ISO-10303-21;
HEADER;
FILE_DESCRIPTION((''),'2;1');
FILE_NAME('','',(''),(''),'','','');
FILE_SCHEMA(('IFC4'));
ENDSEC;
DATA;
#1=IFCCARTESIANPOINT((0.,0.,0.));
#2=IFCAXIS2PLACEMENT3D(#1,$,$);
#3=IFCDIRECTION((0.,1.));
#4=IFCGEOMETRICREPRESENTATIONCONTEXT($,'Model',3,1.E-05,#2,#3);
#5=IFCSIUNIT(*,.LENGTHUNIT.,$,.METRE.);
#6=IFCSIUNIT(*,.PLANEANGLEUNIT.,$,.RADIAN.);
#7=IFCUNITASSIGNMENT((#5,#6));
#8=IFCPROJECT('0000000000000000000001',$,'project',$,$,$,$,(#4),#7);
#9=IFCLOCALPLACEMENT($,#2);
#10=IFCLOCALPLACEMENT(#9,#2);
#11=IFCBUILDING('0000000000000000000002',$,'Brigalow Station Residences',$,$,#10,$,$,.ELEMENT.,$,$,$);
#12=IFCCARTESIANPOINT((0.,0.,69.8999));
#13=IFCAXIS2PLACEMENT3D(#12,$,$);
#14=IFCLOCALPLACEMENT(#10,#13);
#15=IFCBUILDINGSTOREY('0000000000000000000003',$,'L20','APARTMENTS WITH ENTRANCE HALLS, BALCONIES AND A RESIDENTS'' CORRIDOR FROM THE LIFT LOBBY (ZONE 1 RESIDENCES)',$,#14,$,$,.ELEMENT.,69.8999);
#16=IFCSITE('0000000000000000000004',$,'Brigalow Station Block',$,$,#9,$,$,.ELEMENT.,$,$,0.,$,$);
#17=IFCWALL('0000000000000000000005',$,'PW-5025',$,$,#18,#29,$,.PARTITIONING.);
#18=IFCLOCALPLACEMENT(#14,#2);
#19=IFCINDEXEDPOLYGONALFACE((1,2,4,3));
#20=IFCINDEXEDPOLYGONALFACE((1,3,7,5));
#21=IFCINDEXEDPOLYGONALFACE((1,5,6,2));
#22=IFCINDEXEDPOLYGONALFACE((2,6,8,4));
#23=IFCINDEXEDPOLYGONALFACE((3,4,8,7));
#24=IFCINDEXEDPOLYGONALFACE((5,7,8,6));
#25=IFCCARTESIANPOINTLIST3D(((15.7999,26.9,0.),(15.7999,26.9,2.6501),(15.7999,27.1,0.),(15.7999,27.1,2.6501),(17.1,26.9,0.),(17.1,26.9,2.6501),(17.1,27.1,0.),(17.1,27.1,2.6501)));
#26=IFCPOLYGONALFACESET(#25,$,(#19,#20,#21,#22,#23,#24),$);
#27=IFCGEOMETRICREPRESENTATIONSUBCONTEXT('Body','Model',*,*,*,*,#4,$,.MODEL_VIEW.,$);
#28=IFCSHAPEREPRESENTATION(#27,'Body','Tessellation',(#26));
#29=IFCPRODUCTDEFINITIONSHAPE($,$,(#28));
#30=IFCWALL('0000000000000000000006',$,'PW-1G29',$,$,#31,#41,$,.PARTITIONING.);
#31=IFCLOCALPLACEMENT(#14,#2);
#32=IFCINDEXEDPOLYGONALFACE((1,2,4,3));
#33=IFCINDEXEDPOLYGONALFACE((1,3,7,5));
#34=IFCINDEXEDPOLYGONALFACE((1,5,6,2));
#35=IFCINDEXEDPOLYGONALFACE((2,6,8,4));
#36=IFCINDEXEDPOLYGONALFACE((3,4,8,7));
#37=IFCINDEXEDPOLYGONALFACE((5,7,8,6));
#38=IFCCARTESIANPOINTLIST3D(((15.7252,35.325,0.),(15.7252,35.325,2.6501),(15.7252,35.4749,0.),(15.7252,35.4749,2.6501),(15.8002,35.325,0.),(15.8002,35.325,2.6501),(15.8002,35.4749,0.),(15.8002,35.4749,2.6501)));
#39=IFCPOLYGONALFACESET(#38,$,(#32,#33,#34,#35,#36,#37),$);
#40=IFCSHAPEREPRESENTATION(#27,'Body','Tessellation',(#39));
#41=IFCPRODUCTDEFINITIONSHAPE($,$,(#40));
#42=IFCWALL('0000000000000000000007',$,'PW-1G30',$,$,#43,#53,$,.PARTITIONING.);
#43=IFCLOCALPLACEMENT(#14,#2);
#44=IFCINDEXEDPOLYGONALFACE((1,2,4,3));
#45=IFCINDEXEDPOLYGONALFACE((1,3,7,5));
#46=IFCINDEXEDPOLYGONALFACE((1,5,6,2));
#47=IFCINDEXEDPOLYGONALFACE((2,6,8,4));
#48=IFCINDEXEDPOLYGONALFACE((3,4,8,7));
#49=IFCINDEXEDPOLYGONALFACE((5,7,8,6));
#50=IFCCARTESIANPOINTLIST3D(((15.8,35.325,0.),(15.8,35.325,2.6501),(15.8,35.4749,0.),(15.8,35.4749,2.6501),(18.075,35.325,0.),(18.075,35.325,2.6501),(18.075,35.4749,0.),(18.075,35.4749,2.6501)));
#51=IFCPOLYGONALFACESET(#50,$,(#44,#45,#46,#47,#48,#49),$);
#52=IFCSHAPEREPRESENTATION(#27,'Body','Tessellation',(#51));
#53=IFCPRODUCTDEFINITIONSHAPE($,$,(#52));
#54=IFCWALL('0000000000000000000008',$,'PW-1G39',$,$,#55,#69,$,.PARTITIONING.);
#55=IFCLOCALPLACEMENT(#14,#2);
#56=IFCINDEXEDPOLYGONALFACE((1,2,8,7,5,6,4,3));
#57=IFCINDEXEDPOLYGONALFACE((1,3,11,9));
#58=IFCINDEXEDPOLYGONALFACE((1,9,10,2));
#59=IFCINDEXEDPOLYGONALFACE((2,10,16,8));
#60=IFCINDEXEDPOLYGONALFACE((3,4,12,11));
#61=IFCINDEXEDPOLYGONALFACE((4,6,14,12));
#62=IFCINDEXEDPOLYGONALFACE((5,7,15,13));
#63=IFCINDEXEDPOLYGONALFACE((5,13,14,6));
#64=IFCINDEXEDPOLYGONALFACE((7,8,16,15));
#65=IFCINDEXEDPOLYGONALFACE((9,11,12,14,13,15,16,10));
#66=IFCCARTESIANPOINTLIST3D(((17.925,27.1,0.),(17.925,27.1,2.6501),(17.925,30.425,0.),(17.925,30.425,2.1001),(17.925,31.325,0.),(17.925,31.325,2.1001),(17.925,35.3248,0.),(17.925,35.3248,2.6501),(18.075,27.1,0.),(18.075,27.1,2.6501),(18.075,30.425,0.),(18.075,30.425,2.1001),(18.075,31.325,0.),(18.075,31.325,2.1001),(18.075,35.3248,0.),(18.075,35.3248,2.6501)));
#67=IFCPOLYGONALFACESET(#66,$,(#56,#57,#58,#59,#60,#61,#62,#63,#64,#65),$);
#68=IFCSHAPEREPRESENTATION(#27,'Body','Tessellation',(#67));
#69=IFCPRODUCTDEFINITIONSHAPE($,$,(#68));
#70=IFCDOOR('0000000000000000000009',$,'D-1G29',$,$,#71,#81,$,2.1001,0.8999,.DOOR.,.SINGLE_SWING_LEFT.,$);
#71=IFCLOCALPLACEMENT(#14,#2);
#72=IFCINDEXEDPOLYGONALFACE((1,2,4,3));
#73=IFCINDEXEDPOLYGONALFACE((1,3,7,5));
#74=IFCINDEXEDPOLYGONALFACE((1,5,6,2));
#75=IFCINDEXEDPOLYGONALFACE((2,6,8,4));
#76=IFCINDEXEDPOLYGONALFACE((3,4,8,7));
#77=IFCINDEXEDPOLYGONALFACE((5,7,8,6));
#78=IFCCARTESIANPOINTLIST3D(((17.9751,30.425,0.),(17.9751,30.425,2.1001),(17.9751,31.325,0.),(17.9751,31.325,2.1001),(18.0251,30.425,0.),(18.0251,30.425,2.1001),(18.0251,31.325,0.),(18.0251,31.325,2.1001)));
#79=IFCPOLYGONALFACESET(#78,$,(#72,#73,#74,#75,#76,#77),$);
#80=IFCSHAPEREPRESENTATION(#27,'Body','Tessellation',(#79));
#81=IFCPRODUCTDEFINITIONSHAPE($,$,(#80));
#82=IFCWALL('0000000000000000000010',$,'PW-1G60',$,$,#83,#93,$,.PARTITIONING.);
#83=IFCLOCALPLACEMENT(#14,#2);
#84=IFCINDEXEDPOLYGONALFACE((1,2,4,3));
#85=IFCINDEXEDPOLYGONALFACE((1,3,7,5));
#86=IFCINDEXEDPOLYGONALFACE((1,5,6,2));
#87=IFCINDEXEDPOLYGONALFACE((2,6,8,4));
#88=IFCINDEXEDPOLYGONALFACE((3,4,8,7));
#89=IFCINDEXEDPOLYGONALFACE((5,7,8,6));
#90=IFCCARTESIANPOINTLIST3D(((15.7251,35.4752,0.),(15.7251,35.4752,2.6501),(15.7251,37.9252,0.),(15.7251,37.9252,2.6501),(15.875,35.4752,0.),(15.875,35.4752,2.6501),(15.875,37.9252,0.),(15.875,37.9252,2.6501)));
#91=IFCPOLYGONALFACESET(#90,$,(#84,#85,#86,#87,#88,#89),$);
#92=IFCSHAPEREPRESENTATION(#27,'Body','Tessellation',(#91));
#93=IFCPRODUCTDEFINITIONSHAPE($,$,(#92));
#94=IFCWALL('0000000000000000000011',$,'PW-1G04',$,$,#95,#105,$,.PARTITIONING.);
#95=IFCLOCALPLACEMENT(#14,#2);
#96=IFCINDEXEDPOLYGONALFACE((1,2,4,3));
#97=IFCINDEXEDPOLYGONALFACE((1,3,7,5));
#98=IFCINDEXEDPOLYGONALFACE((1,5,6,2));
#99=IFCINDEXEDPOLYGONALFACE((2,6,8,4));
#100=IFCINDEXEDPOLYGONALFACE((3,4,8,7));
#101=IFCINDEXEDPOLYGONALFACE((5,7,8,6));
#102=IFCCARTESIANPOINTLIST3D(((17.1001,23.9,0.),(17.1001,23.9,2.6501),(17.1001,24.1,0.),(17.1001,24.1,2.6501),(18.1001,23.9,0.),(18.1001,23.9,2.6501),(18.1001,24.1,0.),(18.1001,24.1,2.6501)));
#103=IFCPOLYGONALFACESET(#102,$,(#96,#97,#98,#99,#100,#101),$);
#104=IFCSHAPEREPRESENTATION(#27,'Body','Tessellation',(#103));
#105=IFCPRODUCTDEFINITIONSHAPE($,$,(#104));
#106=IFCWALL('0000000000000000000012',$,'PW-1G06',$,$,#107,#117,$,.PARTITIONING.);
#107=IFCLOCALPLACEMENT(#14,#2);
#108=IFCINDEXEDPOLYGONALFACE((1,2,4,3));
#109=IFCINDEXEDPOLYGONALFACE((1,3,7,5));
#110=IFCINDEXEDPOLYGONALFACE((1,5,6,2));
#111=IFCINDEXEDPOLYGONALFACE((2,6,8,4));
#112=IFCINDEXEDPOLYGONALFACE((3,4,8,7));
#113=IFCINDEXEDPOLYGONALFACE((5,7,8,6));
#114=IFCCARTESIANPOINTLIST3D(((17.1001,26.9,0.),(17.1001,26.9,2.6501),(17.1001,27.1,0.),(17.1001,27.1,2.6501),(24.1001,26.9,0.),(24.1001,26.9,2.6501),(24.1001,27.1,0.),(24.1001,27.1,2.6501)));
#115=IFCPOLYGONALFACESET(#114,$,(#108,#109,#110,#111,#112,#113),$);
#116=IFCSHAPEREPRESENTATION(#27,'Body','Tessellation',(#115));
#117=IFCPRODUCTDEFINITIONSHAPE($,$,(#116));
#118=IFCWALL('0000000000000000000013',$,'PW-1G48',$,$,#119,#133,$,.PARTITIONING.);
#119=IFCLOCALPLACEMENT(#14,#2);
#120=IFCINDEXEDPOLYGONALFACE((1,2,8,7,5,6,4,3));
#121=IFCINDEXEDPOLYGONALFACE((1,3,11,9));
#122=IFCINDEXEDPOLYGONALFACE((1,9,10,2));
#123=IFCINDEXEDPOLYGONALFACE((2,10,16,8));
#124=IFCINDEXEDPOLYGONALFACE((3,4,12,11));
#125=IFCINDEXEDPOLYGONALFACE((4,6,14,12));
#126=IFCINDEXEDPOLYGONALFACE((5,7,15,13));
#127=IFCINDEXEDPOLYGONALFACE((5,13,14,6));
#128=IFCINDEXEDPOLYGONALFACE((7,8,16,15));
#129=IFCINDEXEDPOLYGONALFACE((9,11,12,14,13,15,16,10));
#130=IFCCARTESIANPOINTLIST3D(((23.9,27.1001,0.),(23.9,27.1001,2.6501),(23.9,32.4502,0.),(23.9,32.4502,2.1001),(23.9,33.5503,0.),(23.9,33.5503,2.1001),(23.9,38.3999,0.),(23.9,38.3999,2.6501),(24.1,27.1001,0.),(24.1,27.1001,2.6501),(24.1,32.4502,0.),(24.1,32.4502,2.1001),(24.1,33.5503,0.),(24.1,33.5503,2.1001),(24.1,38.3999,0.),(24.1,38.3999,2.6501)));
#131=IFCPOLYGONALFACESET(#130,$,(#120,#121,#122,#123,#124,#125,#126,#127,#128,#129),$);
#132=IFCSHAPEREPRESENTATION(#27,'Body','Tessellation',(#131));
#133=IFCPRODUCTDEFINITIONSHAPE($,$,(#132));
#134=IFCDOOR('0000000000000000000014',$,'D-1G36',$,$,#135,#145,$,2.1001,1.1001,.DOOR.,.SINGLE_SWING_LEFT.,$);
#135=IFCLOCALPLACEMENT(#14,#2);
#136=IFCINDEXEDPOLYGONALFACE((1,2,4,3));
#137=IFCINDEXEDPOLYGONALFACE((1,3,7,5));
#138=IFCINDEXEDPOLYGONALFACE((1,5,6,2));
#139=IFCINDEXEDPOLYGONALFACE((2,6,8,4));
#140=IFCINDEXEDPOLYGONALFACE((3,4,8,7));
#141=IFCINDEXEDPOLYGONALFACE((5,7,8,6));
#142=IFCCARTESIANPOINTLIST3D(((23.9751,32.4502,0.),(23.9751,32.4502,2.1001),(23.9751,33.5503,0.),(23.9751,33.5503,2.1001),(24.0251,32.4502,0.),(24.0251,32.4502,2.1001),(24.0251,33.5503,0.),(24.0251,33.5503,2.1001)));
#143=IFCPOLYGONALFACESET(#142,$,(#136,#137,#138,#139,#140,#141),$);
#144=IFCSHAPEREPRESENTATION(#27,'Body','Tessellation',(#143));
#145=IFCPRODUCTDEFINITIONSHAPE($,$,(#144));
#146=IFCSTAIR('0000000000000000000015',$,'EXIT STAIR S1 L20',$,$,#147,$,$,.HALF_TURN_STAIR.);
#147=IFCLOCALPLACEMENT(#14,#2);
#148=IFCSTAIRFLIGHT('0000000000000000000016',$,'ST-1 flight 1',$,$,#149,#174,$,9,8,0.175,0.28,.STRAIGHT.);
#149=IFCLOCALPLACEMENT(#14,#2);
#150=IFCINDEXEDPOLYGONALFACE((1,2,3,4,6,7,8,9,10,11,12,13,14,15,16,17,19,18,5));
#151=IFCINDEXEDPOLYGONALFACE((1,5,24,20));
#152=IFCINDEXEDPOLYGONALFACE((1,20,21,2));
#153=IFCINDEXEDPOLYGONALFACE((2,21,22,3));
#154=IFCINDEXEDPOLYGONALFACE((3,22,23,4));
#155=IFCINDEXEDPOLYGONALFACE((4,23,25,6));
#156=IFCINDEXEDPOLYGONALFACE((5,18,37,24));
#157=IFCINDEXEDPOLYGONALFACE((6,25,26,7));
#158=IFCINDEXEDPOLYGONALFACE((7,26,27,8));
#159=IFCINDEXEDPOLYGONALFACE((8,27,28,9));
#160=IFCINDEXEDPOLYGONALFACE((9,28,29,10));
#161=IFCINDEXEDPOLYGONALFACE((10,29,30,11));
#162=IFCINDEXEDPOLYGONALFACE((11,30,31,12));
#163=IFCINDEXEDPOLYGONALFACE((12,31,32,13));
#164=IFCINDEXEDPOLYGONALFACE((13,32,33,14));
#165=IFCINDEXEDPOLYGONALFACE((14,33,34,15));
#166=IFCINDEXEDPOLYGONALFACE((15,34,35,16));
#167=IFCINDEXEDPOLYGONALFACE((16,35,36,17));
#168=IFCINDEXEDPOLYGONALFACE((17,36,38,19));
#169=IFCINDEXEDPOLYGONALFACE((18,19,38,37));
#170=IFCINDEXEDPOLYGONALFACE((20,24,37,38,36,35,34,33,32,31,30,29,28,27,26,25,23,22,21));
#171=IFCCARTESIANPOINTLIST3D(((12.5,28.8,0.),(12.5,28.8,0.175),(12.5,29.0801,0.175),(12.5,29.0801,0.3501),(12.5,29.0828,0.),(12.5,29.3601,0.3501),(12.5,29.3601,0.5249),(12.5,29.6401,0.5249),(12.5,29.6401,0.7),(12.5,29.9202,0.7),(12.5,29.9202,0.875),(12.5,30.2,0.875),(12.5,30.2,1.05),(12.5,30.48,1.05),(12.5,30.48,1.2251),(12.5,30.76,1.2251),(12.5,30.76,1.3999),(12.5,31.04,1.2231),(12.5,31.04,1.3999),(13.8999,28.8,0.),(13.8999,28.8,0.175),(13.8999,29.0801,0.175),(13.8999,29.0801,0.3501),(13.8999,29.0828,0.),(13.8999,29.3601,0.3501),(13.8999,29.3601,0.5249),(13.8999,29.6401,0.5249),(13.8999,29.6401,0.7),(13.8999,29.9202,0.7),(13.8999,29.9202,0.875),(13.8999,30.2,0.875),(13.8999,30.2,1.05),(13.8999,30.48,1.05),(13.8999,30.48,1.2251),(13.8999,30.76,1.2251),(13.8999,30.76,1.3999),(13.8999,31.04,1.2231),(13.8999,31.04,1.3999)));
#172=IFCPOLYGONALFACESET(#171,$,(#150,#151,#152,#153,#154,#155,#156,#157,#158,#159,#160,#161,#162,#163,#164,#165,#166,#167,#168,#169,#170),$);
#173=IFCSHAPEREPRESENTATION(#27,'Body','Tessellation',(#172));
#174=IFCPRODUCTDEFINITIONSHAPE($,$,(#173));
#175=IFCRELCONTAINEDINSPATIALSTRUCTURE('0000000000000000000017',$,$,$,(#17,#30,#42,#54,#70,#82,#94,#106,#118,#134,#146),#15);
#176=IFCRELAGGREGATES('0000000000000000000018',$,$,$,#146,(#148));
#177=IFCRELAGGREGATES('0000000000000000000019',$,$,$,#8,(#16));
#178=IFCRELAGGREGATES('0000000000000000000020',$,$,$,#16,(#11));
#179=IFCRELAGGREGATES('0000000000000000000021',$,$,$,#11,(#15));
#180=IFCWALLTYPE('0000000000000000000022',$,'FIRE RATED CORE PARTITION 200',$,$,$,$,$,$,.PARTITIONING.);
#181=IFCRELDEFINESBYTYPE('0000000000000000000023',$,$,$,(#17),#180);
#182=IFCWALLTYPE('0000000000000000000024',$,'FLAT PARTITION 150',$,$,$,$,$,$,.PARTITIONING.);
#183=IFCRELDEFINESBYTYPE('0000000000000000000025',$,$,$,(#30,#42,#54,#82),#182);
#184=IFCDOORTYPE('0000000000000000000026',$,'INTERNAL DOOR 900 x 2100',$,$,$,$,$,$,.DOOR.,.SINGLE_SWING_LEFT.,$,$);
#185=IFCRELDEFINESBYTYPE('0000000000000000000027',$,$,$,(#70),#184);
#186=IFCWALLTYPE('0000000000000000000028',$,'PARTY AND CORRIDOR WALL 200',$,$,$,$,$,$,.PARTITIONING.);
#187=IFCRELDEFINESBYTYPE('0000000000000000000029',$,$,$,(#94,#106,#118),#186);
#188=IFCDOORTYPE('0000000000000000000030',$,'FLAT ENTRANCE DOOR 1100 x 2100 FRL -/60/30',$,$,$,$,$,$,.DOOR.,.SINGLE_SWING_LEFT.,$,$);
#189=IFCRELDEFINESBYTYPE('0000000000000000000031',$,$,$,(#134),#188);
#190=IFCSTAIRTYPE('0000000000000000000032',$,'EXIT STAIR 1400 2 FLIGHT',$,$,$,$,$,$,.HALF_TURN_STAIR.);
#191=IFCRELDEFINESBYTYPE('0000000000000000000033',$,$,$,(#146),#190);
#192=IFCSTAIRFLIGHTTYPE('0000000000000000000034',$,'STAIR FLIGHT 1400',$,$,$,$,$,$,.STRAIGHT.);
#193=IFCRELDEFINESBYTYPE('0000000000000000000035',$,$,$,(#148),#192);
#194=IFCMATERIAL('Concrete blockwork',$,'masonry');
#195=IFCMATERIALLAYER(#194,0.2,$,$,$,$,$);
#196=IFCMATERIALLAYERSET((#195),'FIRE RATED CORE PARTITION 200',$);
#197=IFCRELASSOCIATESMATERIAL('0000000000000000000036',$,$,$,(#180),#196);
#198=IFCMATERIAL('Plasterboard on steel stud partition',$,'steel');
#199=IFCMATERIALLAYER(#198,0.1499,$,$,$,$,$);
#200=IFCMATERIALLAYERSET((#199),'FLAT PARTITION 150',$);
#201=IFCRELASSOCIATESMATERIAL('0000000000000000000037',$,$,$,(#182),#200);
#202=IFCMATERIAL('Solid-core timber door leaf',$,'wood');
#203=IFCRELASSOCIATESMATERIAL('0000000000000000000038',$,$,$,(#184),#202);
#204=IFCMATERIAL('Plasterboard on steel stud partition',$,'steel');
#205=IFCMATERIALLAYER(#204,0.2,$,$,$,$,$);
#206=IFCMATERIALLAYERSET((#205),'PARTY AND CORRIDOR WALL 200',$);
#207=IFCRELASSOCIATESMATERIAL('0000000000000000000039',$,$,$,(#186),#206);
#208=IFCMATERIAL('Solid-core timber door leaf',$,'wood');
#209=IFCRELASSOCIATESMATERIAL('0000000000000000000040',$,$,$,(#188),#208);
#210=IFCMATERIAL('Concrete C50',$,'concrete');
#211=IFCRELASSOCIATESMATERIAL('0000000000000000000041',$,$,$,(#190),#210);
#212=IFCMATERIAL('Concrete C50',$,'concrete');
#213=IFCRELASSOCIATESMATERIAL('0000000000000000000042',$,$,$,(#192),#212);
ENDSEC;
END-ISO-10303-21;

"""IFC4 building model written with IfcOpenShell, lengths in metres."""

from ifc_helpers import new_model, si_unit, direction, frame, frame_2d, origin, place, context, subcontext, project, spatial, polyline, rectangle, outline, extrude, material, layer, layer_set, type_object, element, fill, aggregate, save


model = new_model("IFC4")

# Units and contexts
model_context = context("Model", 3, precision=1e-05, world=origin(), true_north=direction((0.0, 1.0)))
body_context = subcontext(model_context, "Body", "Model", "MODEL_VIEW")
ifc_project = project(units=[si_unit("LENGTHUNIT", "METRE"), si_unit("PLANEANGLEUNIT", "RADIAN")], contexts=[model_context])

# Site, building, storey
site_placement = place(None, origin())
site = spatial("IfcSite", under=ifc_project, at=site_placement, Name="Brigalow Station Block", CompositionType="ELEMENT", RefElevation=0.0)
building_placement = place(site_placement, origin())
building = spatial("IfcBuilding", under=site, at=building_placement, Name="Brigalow Station Residences", CompositionType="ELEMENT")
storey_placement = place(building_placement, frame((0.0, 0.0, 69.8999)))
storey = spatial("IfcBuildingStorey", under=building, at=storey_placement, Name="L20", Description="APARTMENTS WITH ENTRANCE HALLS, BALCONIES AND A RESIDENTS' CORRIDOR FROM THE LIFT LOBBY (ZONE 1 RESIDENCES)", CompositionType="ELEMENT", Elevation=69.8999)

# Walls
ifc_material_1 = material(Name="Concrete blockwork", Category="masonry")
ifc_layer_1 = layer(ifc_material_1, 0.2)
ifc_layer_set_1 = layer_set([ifc_layer_1], Name="FIRE RATED CORE PARTITION 200")
wall_type_1 = type_object("IfcWallType", Name="FIRE RATED CORE PARTITION 200", PredefinedType="PARTITIONING", material=ifc_layer_set_1)
wall_1_placement = place(storey_placement, frame((15.8, 27.0, 0.0), z_axis=(0.0, 0.0, 1.0), x_axis=(1.0, 0.0, 0.0)))
element("IfcWall", 1, at=wall_1_placement, inside=storey, type_object=wall_type_1, Name="PW-5025", PredefinedType="PARTITIONING", context=body_context, shape_type="SweptSolid", body=[
    extrude(rectangle(XDim=1.3, YDim=0.2, at=frame_2d((0.6499, 0.0))), origin(), (0.0, 0.0, 1.0), 2.6501),
])
ifc_material_2 = material(Name="Plasterboard on steel stud partition", Category="steel")
ifc_layer_2 = layer(ifc_material_2, 0.1499)
ifc_layer_set_2 = layer_set([ifc_layer_2], Name="FLAT PARTITION 150")
wall_type_2 = type_object("IfcWallType", Name="FLAT PARTITION 150", PredefinedType="PARTITIONING", material=ifc_layer_set_2)
wall_2_placement = place(storey_placement, frame((15.7251, 35.3999, 0.0), z_axis=(0.0, 0.0, 1.0), x_axis=(1.0, 0.0, 0.0)))
element("IfcWall", 2, at=wall_2_placement, inside=storey, type_object=wall_type_2, Name="PW-1G29", PredefinedType="PARTITIONING", context=body_context, shape_type="SweptSolid", body=[
    extrude(rectangle(XDim=0.075, YDim=0.1499, at=frame_2d((0.0376, 0.0))), origin(), (0.0, 0.0, 1.0), 2.6501),
])
wall_3_placement = place(storey_placement, frame((15.8, 35.3999, 0.0), z_axis=(0.0, 0.0, 1.0), x_axis=(1.0, 0.0, 0.0)))
element("IfcWall", 3, at=wall_3_placement, inside=storey, type_object=wall_type_2, Name="PW-1G30", PredefinedType="PARTITIONING", context=body_context, shape_type="SweptSolid", body=[
    extrude(rectangle(XDim=2.2749, YDim=0.1499, at=frame_2d((1.1375, 0.0))), origin(), (0.0, 0.0, 1.0), 2.6501),
])

# Wall, opening, door
wall_4_placement = place(storey_placement, frame((18.0, 27.1001, 0.0), z_axis=(0.0, 0.0, 1.0), x_axis=(0.0, 1.0, 0.0)))
wall_4 = element("IfcWall", 4, at=wall_4_placement, inside=storey, type_object=wall_type_2, Name="PW-1G39", PredefinedType="PARTITIONING", context=body_context, shape_type="SweptSolid", body=[
    extrude(rectangle(XDim=8.2249, YDim=0.1499, at=frame_2d((4.1123, 0.0))), origin(), (0.0, 0.0, 1.0), 2.6501),
])
opening_1_placement = place(wall_4_placement, frame((3.325, 0.0, 0.0)))
opening_1 = element("IfcOpeningElement", 5, at=opening_1_placement, cuts=wall_4, PredefinedType="OPENING", context=body_context, shape_type="SweptSolid", body=[
    extrude(rectangle(XDim=0.8999, YDim=2.1001, at=frame_2d((0.45, 1.05))), frame((0.0, 0.085, 0.0), z_axis=(0.0, -1.0, 0.0), x_axis=(1.0, 0.0, 0.0)), (0.0, 0.0, 1.0), 0.1699),
])
ifc_material_3 = material(Name="Solid-core timber door leaf", Category="wood")
door_type_1 = type_object("IfcDoorType", Name="INTERNAL DOOR 900 x 2100", OperationType="SINGLE_SWING_LEFT", PredefinedType="DOOR", material=ifc_material_3)
door_1_placement = place(opening_1_placement, origin())
door_1 = element("IfcDoor", 6, at=door_1_placement, inside=storey, type_object=door_type_1, Name="D-1G29", OperationType="SINGLE_SWING_LEFT", OverallHeight=2.1001, OverallWidth=0.8999, PredefinedType="DOOR", context=body_context, shape_type="SweptSolid", body=[
    extrude(rectangle(XDim=0.8999, YDim=2.1001, at=frame_2d((0.45, 1.05))), frame((0.0, 0.0249, 0.0), z_axis=(0.0, -1.0, 0.0), x_axis=(1.0, 0.0, 0.0)), (0.0, 0.0, 1.0), 0.05),
])
fill(opening_1, door_1)

# Walls
wall_5_placement = place(storey_placement, frame((15.8, 35.4751, 0.0), z_axis=(0.0, 0.0, 1.0), x_axis=(0.0, 1.0, 0.0)))
element("IfcWall", 7, at=wall_5_placement, inside=storey, type_object=wall_type_2, Name="PW-1G60", PredefinedType="PARTITIONING", context=body_context, shape_type="SweptSolid", body=[
    extrude(rectangle(XDim=2.45, YDim=0.1499, at=frame_2d((1.2251, 0.0))), origin(), (0.0, 0.0, 1.0), 2.6501),
])
ifc_material_4 = material(Name="Plasterboard on steel stud partition", Category="steel")
ifc_layer_3 = layer(ifc_material_4, 0.2)
ifc_layer_set_3 = layer_set([ifc_layer_3], Name="PARTY AND CORRIDOR WALL 200")
wall_type_3 = type_object("IfcWallType", Name="PARTY AND CORRIDOR WALL 200", PredefinedType="PARTITIONING", material=ifc_layer_set_3)
wall_6_placement = place(storey_placement, frame((17.1001, 24.0, 0.0), z_axis=(0.0, 0.0, 1.0), x_axis=(1.0, 0.0, 0.0)))
element("IfcWall", 8, at=wall_6_placement, inside=storey, type_object=wall_type_3, Name="PW-1G04", PredefinedType="PARTITIONING", context=body_context, shape_type="SweptSolid", body=[
    extrude(rectangle(XDim=1.0, YDim=0.2, at=frame_2d((0.5, 0.0))), origin(), (0.0, 0.0, 1.0), 2.6501),
])
wall_7_placement = place(storey_placement, frame((17.1001, 27.0, 0.0), z_axis=(0.0, 0.0, 1.0), x_axis=(1.0, 0.0, 0.0)))
element("IfcWall", 9, at=wall_7_placement, inside=storey, type_object=wall_type_3, Name="PW-1G06", PredefinedType="PARTITIONING", context=body_context, shape_type="SweptSolid", body=[
    extrude(rectangle(XDim=7.0, YDim=0.2, at=frame_2d((3.5, 0.0))), origin(), (0.0, 0.0, 1.0), 2.6501),
])

# Wall, opening, door
wall_8_placement = place(storey_placement, frame((24.0, 27.1001, 0.0), z_axis=(0.0, 0.0, 1.0), x_axis=(0.0, 1.0, 0.0)))
wall_8 = element("IfcWall", 10, at=wall_8_placement, inside=storey, type_object=wall_type_3, Name="PW-1G48", PredefinedType="PARTITIONING", context=body_context, shape_type="SweptSolid", body=[
    extrude(rectangle(XDim=11.2998, YDim=0.2, at=frame_2d((5.6499, 0.0))), origin(), (0.0, 0.0, 1.0), 2.6501),
])
opening_2_placement = place(wall_8_placement, frame((5.3501, 0.0, 0.0)))
opening_2 = element("IfcOpeningElement", 11, at=opening_2_placement, cuts=wall_8, PredefinedType="OPENING", context=body_context, shape_type="SweptSolid", body=[
    extrude(rectangle(XDim=1.1001, YDim=2.1001, at=frame_2d((0.55, 1.05))), frame((0.0, 0.1099, 0.0), z_axis=(0.0, -1.0, 0.0), x_axis=(1.0, 0.0, 0.0)), (0.0, 0.0, 1.0), 0.22),
])
ifc_material_5 = material(Name="Solid-core timber door leaf", Category="wood")
door_type_2 = type_object("IfcDoorType", Name="FLAT ENTRANCE DOOR 1100 x 2100 FRL -/60/30", OperationType="SINGLE_SWING_LEFT", PredefinedType="DOOR", material=ifc_material_5)
door_2_placement = place(opening_2_placement, origin())
door_2 = element("IfcDoor", 12, at=door_2_placement, inside=storey, type_object=door_type_2, Name="D-1G36", OperationType="SINGLE_SWING_LEFT", OverallHeight=2.1001, OverallWidth=1.1001, PredefinedType="DOOR", context=body_context, shape_type="SweptSolid", body=[
    extrude(rectangle(XDim=1.1001, YDim=2.1001, at=frame_2d((0.55, 1.05))), frame((0.0, 0.0249, 0.0), z_axis=(0.0, -1.0, 0.0), x_axis=(1.0, 0.0, 0.0)), (0.0, 0.0, 1.0), 0.05),
])
fill(opening_2, door_2)

# Stair, stair flight
ifc_material_6 = material(Name="Concrete C50", Category="concrete")
stair_type = type_object("IfcStairType", Name="EXIT STAIR 1400 2 FLIGHT", PredefinedType="HALF_TURN_STAIR", material=ifc_material_6)
stair_placement = place(storey_placement, origin())
stair = element("IfcStair", 13, at=stair_placement, inside=storey, type_object=stair_type, Name="EXIT STAIR S1 L20", PredefinedType="HALF_TURN_STAIR")
ifc_material_7 = material(Name="Concrete C50", Category="concrete")
stair_flight_type = type_object("IfcStairFlightType", Name="STAIR FLIGHT 1400", PredefinedType="STRAIGHT", material=ifc_material_7)
stair_flight_1_placement = place(storey_placement, frame((13.2, 28.8, 0.0), z_axis=(0.0, 0.0, 1.0), x_axis=(0.0, 1.0, 0.0)))
stair_flight_1 = element("IfcStairFlight", 14, at=stair_flight_1_placement, type_object=stair_flight_type, Name="ST-1 flight 1", NumberOfRisers=9, NumberOfTreads=8, PredefinedType="STRAIGHT", RiserHeight=0.175, TreadLength=0.28, context=body_context, shape_type="SweptSolid", body=[
    extrude(outline(polyline([(0.0, 0.0), (0.0, 0.175), (0.28, 0.175), (0.28, 0.3501), (0.5601, 0.3501), (0.5601, 0.5249), (0.8401, 0.5249), (0.8401, 0.7), (1.1201, 0.7), (1.1201, 0.875), (1.3999, 0.875), (1.3999, 1.05), (1.6799, 1.05), (1.6799, 1.2251), (1.96, 1.2251), (1.96, 1.3999), (2.24, 1.3999), (2.24, 1.575), (2.24, 1.2231), (0.2827, 0.0), (0.0, 0.0)])), frame((0.0, 0.7, 0.0), z_axis=(0.0, -1.0, 0.0), x_axis=(1.0, 0.0, 0.0)), (0.0, 0.0, 1.0), 1.3999),
])
aggregate(stair, [stair_flight_1])

save(model, "model.ifc")
